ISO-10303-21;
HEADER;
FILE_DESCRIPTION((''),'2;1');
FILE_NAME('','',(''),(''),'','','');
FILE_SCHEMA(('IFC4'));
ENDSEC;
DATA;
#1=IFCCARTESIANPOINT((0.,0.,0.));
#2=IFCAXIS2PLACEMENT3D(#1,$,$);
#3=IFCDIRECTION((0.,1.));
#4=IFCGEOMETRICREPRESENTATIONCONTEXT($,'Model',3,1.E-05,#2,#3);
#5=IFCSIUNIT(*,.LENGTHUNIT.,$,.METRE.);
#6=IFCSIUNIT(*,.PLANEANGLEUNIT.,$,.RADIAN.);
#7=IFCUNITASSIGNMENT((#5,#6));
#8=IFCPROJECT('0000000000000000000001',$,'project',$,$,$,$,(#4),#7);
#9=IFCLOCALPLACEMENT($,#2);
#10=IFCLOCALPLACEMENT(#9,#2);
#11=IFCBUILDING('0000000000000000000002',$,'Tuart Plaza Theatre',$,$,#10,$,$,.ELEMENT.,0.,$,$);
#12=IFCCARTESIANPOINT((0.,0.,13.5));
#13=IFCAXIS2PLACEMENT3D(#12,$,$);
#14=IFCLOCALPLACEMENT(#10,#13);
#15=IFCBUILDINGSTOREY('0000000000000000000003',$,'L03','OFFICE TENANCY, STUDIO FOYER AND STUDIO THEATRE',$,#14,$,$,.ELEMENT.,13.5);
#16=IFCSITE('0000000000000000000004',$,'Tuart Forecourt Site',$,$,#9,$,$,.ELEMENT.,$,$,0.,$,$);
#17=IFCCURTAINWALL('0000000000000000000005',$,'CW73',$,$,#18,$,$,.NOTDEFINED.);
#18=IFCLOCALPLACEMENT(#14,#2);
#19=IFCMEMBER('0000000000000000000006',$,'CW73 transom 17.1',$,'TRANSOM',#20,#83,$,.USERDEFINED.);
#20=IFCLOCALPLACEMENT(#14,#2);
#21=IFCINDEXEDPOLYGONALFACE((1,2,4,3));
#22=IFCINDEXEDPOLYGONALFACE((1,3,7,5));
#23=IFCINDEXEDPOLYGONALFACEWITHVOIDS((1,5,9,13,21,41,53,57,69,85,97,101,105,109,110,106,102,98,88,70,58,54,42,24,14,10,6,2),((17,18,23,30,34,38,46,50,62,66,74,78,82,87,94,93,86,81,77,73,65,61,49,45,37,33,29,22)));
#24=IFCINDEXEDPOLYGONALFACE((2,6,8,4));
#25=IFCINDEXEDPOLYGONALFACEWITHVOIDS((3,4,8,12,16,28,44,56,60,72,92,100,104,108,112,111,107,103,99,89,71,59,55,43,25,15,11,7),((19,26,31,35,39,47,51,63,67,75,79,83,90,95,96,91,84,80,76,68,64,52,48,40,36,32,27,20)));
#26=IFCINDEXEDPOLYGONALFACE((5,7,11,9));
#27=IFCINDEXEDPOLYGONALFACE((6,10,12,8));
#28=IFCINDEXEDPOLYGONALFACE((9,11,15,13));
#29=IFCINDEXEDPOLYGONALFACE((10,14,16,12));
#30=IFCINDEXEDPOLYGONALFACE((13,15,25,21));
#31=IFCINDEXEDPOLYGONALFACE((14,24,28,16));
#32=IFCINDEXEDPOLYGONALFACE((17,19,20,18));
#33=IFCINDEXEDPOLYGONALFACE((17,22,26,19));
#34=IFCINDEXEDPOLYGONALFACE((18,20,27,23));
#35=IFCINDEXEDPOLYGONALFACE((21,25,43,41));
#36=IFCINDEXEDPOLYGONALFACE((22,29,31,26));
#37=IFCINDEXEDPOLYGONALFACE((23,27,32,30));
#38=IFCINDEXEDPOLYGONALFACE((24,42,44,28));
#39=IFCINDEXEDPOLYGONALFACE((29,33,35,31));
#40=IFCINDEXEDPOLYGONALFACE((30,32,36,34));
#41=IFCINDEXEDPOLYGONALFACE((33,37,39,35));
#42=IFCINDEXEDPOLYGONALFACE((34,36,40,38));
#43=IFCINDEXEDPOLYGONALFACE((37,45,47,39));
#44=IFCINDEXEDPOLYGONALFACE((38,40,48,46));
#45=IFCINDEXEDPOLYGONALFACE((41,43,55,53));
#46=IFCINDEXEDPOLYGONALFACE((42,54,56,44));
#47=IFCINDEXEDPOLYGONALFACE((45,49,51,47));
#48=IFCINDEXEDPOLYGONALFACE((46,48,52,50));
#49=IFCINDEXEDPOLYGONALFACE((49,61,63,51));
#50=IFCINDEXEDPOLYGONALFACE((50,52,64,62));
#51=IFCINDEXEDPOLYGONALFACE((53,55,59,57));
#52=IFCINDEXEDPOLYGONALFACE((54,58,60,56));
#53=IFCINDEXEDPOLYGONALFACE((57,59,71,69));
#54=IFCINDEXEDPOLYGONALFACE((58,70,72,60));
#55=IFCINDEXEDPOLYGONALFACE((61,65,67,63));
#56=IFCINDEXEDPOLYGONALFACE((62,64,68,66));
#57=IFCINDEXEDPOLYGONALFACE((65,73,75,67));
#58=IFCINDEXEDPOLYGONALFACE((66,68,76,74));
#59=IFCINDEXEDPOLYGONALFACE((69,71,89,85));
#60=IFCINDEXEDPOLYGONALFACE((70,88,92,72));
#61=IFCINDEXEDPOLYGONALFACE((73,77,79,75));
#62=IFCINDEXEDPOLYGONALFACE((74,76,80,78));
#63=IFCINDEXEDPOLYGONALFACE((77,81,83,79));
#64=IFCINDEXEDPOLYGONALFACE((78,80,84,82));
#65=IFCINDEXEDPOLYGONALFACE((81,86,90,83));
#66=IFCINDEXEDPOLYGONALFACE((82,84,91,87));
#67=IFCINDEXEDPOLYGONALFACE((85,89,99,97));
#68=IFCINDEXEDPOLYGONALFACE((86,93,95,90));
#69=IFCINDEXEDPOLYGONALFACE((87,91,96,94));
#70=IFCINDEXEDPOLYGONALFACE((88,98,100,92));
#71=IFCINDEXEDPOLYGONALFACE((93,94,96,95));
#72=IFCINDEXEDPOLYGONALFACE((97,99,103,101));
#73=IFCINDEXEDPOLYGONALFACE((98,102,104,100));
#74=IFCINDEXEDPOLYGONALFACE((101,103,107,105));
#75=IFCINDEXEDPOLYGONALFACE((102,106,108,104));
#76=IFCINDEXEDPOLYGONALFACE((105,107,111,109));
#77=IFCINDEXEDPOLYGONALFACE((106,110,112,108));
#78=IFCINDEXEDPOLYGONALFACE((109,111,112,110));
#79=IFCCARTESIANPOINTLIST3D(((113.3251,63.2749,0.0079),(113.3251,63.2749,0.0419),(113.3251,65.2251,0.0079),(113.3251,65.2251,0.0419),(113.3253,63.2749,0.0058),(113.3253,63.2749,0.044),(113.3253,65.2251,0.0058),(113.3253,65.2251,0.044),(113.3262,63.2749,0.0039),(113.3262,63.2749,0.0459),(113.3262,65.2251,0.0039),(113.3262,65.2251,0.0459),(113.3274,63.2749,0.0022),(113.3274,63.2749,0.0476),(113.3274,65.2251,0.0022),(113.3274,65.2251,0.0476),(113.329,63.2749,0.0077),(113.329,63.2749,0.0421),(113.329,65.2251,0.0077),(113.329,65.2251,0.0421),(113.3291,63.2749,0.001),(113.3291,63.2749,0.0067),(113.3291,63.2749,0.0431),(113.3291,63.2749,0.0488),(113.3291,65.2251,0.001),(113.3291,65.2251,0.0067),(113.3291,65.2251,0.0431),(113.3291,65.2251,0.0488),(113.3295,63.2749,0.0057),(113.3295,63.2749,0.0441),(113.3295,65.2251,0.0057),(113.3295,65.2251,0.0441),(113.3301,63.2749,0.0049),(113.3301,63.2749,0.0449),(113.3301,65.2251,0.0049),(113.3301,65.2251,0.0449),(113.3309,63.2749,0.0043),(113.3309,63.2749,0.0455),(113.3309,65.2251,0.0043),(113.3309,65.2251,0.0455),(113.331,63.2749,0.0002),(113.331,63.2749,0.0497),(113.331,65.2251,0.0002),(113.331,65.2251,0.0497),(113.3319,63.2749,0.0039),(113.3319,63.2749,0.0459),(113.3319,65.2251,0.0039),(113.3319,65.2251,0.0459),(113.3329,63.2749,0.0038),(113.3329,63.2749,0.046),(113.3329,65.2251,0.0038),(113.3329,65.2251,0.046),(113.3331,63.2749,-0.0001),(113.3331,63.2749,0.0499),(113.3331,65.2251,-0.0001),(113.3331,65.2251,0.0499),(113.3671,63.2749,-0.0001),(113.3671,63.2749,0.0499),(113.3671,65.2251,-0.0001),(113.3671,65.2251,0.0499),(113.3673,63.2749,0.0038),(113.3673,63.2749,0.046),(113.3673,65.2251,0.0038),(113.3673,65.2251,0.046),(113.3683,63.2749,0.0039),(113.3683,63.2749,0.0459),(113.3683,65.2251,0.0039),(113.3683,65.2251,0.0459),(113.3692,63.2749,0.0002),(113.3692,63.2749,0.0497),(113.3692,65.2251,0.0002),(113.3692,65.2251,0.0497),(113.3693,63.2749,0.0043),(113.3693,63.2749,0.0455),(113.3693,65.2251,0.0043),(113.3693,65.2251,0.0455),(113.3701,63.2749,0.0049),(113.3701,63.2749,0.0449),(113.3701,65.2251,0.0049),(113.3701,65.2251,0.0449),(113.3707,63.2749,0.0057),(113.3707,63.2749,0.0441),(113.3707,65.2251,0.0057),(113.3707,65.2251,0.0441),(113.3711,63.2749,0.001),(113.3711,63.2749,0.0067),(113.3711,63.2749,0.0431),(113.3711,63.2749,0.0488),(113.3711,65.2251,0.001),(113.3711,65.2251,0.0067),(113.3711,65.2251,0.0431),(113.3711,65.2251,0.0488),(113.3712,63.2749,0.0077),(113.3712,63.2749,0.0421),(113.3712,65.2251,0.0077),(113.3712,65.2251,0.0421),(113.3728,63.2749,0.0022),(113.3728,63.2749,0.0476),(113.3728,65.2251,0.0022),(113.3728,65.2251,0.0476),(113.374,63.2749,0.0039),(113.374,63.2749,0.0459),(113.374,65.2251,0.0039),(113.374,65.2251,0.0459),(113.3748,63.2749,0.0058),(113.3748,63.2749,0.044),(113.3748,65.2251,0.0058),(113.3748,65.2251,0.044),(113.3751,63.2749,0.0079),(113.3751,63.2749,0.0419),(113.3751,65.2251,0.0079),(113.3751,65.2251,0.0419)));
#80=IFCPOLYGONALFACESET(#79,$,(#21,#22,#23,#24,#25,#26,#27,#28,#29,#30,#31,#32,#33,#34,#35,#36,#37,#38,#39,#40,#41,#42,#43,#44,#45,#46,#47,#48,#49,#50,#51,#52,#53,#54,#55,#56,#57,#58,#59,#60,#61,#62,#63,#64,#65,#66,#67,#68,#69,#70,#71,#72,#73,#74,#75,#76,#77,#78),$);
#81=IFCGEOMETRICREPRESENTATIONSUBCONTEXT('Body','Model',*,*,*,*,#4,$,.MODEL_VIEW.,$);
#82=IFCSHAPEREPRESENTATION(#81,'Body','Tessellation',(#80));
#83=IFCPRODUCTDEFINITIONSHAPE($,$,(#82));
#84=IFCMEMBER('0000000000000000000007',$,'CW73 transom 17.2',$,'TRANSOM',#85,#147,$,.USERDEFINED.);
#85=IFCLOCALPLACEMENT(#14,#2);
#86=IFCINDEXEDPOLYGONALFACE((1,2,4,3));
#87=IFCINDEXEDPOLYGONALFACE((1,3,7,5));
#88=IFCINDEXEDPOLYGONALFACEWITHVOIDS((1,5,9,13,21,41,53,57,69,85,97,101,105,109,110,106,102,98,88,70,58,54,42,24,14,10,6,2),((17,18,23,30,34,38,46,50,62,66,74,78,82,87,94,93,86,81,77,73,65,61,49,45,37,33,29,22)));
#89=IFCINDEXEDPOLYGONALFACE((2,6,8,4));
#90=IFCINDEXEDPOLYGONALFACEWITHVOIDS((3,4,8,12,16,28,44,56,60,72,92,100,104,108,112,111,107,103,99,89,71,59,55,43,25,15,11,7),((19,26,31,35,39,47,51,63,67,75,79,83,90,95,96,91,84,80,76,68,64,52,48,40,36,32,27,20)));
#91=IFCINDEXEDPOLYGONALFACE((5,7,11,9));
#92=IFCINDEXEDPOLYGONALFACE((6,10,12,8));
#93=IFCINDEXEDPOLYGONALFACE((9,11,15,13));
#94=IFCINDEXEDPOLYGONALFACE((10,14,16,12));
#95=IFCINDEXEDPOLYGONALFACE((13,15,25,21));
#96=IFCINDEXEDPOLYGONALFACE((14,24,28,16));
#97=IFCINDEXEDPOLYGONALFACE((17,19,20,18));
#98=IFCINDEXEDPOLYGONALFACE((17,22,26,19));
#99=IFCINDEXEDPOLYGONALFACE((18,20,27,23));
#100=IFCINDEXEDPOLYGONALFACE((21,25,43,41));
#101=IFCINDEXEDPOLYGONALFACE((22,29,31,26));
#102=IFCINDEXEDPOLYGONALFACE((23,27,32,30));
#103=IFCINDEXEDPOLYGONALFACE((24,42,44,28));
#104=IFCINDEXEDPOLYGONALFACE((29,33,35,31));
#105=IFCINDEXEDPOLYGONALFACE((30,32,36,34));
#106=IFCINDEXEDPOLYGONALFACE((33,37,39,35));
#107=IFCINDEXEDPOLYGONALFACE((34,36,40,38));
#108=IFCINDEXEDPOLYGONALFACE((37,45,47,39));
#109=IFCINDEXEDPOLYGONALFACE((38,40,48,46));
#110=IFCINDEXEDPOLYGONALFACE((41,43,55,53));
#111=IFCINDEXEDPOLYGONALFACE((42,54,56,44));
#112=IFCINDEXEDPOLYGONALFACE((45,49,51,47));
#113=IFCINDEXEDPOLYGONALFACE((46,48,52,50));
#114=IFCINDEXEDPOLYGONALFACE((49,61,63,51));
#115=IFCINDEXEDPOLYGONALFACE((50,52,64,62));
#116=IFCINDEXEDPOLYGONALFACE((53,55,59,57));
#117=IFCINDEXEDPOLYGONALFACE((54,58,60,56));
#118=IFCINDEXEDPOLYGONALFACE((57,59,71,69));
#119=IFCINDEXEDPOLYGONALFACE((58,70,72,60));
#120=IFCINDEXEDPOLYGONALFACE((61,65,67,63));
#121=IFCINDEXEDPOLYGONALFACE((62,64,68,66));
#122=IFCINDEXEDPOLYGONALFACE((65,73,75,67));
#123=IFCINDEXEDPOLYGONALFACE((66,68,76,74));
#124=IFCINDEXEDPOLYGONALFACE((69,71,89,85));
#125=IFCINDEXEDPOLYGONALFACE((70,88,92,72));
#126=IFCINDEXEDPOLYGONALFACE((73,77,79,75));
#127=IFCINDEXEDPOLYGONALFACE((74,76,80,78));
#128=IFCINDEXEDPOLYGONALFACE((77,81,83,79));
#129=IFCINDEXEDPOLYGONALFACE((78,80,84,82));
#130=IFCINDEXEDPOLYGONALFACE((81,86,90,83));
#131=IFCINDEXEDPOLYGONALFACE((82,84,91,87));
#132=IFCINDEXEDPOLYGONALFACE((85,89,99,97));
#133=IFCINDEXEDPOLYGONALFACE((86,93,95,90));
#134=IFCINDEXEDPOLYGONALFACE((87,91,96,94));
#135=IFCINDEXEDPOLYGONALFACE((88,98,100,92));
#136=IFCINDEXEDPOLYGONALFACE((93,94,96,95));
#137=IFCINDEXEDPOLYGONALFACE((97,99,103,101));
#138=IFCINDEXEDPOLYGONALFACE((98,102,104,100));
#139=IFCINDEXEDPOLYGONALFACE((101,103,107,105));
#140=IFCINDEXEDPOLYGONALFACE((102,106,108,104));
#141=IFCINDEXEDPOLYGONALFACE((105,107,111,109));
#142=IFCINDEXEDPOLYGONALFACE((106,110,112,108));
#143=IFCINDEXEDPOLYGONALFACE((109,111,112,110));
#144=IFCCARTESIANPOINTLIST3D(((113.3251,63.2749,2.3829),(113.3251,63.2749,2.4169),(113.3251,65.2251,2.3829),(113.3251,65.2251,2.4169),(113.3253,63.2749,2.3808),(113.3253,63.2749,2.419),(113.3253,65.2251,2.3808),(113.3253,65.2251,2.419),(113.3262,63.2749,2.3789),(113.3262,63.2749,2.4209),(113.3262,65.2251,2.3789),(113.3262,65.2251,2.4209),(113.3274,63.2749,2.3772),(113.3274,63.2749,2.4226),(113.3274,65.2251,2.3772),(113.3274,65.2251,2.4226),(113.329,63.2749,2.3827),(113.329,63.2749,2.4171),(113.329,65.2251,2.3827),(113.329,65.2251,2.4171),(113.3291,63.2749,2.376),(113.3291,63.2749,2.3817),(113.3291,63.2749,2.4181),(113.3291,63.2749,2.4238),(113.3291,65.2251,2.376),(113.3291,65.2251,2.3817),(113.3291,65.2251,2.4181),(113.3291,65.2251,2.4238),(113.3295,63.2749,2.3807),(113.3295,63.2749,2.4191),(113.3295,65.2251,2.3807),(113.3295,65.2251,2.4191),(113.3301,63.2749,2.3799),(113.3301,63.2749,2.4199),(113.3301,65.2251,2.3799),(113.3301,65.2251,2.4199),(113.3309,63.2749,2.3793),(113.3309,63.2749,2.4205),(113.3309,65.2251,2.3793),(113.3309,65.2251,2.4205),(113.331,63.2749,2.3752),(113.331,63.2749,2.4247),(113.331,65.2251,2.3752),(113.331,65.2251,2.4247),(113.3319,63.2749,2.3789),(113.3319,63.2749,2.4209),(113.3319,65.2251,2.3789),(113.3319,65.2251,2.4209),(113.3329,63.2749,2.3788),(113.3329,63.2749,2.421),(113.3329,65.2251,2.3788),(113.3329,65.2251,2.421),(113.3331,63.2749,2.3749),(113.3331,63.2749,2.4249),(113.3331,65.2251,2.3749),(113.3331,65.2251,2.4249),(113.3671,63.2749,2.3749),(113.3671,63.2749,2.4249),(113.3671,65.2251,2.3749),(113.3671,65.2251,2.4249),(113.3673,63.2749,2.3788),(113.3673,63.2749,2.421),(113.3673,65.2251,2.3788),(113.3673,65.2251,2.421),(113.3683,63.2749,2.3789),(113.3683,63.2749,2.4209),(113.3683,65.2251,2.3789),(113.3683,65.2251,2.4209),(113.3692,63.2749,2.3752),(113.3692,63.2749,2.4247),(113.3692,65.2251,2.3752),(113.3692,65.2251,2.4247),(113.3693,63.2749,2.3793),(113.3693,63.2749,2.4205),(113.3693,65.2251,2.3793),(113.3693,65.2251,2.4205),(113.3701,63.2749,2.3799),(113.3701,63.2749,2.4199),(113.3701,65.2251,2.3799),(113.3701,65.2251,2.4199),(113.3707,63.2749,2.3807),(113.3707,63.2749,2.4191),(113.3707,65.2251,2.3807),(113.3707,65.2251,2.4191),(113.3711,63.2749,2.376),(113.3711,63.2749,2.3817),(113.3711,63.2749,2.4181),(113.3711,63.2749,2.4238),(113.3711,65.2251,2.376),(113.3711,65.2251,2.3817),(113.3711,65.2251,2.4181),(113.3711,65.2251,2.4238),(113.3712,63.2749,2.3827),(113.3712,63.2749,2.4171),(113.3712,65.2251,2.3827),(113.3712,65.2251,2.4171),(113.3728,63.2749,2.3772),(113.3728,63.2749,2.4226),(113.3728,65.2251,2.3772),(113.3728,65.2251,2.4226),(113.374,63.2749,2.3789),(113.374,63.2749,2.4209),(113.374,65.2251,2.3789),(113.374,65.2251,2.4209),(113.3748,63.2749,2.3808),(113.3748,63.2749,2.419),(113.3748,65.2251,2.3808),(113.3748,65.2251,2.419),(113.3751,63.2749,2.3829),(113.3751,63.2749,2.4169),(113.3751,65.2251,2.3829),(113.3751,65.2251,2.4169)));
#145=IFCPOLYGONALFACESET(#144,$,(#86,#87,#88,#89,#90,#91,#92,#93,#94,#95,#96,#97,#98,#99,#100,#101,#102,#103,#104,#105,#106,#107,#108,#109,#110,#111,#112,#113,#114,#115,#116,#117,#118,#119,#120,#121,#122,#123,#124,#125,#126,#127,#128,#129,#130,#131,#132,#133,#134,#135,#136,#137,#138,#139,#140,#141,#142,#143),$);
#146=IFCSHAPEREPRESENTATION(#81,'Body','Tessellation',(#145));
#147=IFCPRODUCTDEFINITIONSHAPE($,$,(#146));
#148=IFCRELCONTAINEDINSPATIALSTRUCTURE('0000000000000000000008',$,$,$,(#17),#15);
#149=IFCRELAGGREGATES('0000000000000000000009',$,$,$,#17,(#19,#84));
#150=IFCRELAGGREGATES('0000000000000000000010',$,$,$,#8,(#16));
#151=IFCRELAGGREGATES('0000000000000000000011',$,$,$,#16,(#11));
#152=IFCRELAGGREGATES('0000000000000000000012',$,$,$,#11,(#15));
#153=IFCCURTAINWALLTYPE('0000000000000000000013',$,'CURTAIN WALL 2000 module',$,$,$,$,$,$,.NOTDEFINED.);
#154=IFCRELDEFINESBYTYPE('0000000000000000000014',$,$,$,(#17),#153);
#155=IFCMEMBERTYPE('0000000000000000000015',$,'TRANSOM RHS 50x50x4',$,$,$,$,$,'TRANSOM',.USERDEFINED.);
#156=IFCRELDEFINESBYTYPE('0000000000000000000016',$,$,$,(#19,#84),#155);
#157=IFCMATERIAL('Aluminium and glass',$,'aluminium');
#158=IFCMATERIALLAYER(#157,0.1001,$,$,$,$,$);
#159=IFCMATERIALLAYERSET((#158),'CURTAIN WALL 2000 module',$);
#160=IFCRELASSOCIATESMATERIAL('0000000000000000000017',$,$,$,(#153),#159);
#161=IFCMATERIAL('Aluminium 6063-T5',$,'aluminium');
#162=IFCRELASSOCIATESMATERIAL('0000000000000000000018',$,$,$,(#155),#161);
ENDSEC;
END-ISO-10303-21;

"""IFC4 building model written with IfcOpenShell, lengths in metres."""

from ifc_helpers import new_model, si_unit, direction, frame, origin, origin_2d, place, context, subcontext, project, spatial, hollow_rectangle, extrude, material, layer, layer_set, material_profile, profile_set, type_object, element, aggregate, save


model = new_model("IFC4")

# Units and contexts
model_context = context("Model", 3, precision=1e-05, world=origin(), true_north=direction((0.0, 1.0)))
body_context = subcontext(model_context, "Body", "Model", "MODEL_VIEW")
ifc_project = project(units=[si_unit("LENGTHUNIT", "METRE"), si_unit("PLANEANGLEUNIT", "RADIAN")], contexts=[model_context])

# Site, building, storey
site_placement = place(None, origin())
site = spatial("IfcSite", under=ifc_project, at=site_placement, Name="Tuart Forecourt Site", CompositionType="ELEMENT", RefElevation=0.0)
building_placement = place(site_placement, origin())
building = spatial("IfcBuilding", under=site, at=building_placement, Name="Tuart Plaza Theatre", CompositionType="ELEMENT", ElevationOfRefHeight=0.0)
storey_placement = place(building_placement, frame((0.0, 0.0, 13.5)))
storey = spatial("IfcBuildingStorey", under=building, at=storey_placement, Name="L03", Description="OFFICE TENANCY, STUDIO FOYER AND STUDIO THEATRE", CompositionType="ELEMENT", Elevation=13.5)

# Curtain wall, members
ifc_material_1 = material(Name="Aluminium and glass", Category="aluminium")
ifc_layer_1 = layer(ifc_material_1, 0.1001)
ifc_layer_set_1 = layer_set([ifc_layer_1], Name="CURTAIN WALL 2000 module")
curtain_wall_type = type_object("IfcCurtainWallType", Name="CURTAIN WALL 2000 module", PredefinedType="NOTDEFINED", material=ifc_layer_set_1)
curtain_wall_placement = place(storey_placement, origin())
curtain_wall = element("IfcCurtainWall", 1, at=curtain_wall_placement, inside=storey, type_object=curtain_wall_type, Name="CW73", PredefinedType="NOTDEFINED")
ifc_material_2 = material(Name="Aluminium 6063-T5", Category="aluminium")
ifc_material_profile_1 = material_profile(ifc_material_2, hollow_rectangle(XDim=0.05, YDim=0.05, WallThickness=0.0039, InnerFilletRadius=0.0039, OuterFilletRadius=0.0081, at=origin_2d()), Name="RHS 50x50x4")
ifc_profile_set_1 = profile_set([ifc_material_profile_1], Name="Aluminium 6063-T5")
member_type_1 = type_object("IfcMemberType", Name="TRANSOM RHS 50x50x4", ElementType="TRANSOM", PredefinedType="USERDEFINED", material=ifc_profile_set_1)
member_1_placement = place(storey_placement, frame((113.3501, 65.2251, 0.0249), z_axis=(0.0, -1.0, 0.0), x_axis=(1.0, 0.0, 0.0)))
member_1 = element("IfcMember", 2, at=member_1_placement, type_object=member_type_1, Name="CW73 transom 17.1", ObjectType="TRANSOM", PredefinedType="USERDEFINED", context=body_context, shape_type="SweptSolid", body=[
    extrude(hollow_rectangle(XDim=0.05, YDim=0.05, WallThickness=0.0039, InnerFilletRadius=0.0039, OuterFilletRadius=0.0081, at=origin_2d()), origin(), (0.0, 0.0, 1.0), 1.9502),
])
member_2_placement = place(storey_placement, frame((113.3501, 65.2251, 2.3999), z_axis=(0.0, -1.0, 0.0), x_axis=(1.0, 0.0, 0.0)))
member_2 = element("IfcMember", 3, at=member_2_placement, type_object=member_type_1, Name="CW73 transom 17.2", ObjectType="TRANSOM", PredefinedType="USERDEFINED", context=body_context, shape_type="SweptSolid", body=[
    extrude(hollow_rectangle(XDim=0.05, YDim=0.05, WallThickness=0.0039, InnerFilletRadius=0.0039, OuterFilletRadius=0.0081, at=origin_2d()), origin(), (0.0, 0.0, 1.0), 1.9502),
])
aggregate(curtain_wall, [member_1, member_2])

save(model, "model.ifc")
